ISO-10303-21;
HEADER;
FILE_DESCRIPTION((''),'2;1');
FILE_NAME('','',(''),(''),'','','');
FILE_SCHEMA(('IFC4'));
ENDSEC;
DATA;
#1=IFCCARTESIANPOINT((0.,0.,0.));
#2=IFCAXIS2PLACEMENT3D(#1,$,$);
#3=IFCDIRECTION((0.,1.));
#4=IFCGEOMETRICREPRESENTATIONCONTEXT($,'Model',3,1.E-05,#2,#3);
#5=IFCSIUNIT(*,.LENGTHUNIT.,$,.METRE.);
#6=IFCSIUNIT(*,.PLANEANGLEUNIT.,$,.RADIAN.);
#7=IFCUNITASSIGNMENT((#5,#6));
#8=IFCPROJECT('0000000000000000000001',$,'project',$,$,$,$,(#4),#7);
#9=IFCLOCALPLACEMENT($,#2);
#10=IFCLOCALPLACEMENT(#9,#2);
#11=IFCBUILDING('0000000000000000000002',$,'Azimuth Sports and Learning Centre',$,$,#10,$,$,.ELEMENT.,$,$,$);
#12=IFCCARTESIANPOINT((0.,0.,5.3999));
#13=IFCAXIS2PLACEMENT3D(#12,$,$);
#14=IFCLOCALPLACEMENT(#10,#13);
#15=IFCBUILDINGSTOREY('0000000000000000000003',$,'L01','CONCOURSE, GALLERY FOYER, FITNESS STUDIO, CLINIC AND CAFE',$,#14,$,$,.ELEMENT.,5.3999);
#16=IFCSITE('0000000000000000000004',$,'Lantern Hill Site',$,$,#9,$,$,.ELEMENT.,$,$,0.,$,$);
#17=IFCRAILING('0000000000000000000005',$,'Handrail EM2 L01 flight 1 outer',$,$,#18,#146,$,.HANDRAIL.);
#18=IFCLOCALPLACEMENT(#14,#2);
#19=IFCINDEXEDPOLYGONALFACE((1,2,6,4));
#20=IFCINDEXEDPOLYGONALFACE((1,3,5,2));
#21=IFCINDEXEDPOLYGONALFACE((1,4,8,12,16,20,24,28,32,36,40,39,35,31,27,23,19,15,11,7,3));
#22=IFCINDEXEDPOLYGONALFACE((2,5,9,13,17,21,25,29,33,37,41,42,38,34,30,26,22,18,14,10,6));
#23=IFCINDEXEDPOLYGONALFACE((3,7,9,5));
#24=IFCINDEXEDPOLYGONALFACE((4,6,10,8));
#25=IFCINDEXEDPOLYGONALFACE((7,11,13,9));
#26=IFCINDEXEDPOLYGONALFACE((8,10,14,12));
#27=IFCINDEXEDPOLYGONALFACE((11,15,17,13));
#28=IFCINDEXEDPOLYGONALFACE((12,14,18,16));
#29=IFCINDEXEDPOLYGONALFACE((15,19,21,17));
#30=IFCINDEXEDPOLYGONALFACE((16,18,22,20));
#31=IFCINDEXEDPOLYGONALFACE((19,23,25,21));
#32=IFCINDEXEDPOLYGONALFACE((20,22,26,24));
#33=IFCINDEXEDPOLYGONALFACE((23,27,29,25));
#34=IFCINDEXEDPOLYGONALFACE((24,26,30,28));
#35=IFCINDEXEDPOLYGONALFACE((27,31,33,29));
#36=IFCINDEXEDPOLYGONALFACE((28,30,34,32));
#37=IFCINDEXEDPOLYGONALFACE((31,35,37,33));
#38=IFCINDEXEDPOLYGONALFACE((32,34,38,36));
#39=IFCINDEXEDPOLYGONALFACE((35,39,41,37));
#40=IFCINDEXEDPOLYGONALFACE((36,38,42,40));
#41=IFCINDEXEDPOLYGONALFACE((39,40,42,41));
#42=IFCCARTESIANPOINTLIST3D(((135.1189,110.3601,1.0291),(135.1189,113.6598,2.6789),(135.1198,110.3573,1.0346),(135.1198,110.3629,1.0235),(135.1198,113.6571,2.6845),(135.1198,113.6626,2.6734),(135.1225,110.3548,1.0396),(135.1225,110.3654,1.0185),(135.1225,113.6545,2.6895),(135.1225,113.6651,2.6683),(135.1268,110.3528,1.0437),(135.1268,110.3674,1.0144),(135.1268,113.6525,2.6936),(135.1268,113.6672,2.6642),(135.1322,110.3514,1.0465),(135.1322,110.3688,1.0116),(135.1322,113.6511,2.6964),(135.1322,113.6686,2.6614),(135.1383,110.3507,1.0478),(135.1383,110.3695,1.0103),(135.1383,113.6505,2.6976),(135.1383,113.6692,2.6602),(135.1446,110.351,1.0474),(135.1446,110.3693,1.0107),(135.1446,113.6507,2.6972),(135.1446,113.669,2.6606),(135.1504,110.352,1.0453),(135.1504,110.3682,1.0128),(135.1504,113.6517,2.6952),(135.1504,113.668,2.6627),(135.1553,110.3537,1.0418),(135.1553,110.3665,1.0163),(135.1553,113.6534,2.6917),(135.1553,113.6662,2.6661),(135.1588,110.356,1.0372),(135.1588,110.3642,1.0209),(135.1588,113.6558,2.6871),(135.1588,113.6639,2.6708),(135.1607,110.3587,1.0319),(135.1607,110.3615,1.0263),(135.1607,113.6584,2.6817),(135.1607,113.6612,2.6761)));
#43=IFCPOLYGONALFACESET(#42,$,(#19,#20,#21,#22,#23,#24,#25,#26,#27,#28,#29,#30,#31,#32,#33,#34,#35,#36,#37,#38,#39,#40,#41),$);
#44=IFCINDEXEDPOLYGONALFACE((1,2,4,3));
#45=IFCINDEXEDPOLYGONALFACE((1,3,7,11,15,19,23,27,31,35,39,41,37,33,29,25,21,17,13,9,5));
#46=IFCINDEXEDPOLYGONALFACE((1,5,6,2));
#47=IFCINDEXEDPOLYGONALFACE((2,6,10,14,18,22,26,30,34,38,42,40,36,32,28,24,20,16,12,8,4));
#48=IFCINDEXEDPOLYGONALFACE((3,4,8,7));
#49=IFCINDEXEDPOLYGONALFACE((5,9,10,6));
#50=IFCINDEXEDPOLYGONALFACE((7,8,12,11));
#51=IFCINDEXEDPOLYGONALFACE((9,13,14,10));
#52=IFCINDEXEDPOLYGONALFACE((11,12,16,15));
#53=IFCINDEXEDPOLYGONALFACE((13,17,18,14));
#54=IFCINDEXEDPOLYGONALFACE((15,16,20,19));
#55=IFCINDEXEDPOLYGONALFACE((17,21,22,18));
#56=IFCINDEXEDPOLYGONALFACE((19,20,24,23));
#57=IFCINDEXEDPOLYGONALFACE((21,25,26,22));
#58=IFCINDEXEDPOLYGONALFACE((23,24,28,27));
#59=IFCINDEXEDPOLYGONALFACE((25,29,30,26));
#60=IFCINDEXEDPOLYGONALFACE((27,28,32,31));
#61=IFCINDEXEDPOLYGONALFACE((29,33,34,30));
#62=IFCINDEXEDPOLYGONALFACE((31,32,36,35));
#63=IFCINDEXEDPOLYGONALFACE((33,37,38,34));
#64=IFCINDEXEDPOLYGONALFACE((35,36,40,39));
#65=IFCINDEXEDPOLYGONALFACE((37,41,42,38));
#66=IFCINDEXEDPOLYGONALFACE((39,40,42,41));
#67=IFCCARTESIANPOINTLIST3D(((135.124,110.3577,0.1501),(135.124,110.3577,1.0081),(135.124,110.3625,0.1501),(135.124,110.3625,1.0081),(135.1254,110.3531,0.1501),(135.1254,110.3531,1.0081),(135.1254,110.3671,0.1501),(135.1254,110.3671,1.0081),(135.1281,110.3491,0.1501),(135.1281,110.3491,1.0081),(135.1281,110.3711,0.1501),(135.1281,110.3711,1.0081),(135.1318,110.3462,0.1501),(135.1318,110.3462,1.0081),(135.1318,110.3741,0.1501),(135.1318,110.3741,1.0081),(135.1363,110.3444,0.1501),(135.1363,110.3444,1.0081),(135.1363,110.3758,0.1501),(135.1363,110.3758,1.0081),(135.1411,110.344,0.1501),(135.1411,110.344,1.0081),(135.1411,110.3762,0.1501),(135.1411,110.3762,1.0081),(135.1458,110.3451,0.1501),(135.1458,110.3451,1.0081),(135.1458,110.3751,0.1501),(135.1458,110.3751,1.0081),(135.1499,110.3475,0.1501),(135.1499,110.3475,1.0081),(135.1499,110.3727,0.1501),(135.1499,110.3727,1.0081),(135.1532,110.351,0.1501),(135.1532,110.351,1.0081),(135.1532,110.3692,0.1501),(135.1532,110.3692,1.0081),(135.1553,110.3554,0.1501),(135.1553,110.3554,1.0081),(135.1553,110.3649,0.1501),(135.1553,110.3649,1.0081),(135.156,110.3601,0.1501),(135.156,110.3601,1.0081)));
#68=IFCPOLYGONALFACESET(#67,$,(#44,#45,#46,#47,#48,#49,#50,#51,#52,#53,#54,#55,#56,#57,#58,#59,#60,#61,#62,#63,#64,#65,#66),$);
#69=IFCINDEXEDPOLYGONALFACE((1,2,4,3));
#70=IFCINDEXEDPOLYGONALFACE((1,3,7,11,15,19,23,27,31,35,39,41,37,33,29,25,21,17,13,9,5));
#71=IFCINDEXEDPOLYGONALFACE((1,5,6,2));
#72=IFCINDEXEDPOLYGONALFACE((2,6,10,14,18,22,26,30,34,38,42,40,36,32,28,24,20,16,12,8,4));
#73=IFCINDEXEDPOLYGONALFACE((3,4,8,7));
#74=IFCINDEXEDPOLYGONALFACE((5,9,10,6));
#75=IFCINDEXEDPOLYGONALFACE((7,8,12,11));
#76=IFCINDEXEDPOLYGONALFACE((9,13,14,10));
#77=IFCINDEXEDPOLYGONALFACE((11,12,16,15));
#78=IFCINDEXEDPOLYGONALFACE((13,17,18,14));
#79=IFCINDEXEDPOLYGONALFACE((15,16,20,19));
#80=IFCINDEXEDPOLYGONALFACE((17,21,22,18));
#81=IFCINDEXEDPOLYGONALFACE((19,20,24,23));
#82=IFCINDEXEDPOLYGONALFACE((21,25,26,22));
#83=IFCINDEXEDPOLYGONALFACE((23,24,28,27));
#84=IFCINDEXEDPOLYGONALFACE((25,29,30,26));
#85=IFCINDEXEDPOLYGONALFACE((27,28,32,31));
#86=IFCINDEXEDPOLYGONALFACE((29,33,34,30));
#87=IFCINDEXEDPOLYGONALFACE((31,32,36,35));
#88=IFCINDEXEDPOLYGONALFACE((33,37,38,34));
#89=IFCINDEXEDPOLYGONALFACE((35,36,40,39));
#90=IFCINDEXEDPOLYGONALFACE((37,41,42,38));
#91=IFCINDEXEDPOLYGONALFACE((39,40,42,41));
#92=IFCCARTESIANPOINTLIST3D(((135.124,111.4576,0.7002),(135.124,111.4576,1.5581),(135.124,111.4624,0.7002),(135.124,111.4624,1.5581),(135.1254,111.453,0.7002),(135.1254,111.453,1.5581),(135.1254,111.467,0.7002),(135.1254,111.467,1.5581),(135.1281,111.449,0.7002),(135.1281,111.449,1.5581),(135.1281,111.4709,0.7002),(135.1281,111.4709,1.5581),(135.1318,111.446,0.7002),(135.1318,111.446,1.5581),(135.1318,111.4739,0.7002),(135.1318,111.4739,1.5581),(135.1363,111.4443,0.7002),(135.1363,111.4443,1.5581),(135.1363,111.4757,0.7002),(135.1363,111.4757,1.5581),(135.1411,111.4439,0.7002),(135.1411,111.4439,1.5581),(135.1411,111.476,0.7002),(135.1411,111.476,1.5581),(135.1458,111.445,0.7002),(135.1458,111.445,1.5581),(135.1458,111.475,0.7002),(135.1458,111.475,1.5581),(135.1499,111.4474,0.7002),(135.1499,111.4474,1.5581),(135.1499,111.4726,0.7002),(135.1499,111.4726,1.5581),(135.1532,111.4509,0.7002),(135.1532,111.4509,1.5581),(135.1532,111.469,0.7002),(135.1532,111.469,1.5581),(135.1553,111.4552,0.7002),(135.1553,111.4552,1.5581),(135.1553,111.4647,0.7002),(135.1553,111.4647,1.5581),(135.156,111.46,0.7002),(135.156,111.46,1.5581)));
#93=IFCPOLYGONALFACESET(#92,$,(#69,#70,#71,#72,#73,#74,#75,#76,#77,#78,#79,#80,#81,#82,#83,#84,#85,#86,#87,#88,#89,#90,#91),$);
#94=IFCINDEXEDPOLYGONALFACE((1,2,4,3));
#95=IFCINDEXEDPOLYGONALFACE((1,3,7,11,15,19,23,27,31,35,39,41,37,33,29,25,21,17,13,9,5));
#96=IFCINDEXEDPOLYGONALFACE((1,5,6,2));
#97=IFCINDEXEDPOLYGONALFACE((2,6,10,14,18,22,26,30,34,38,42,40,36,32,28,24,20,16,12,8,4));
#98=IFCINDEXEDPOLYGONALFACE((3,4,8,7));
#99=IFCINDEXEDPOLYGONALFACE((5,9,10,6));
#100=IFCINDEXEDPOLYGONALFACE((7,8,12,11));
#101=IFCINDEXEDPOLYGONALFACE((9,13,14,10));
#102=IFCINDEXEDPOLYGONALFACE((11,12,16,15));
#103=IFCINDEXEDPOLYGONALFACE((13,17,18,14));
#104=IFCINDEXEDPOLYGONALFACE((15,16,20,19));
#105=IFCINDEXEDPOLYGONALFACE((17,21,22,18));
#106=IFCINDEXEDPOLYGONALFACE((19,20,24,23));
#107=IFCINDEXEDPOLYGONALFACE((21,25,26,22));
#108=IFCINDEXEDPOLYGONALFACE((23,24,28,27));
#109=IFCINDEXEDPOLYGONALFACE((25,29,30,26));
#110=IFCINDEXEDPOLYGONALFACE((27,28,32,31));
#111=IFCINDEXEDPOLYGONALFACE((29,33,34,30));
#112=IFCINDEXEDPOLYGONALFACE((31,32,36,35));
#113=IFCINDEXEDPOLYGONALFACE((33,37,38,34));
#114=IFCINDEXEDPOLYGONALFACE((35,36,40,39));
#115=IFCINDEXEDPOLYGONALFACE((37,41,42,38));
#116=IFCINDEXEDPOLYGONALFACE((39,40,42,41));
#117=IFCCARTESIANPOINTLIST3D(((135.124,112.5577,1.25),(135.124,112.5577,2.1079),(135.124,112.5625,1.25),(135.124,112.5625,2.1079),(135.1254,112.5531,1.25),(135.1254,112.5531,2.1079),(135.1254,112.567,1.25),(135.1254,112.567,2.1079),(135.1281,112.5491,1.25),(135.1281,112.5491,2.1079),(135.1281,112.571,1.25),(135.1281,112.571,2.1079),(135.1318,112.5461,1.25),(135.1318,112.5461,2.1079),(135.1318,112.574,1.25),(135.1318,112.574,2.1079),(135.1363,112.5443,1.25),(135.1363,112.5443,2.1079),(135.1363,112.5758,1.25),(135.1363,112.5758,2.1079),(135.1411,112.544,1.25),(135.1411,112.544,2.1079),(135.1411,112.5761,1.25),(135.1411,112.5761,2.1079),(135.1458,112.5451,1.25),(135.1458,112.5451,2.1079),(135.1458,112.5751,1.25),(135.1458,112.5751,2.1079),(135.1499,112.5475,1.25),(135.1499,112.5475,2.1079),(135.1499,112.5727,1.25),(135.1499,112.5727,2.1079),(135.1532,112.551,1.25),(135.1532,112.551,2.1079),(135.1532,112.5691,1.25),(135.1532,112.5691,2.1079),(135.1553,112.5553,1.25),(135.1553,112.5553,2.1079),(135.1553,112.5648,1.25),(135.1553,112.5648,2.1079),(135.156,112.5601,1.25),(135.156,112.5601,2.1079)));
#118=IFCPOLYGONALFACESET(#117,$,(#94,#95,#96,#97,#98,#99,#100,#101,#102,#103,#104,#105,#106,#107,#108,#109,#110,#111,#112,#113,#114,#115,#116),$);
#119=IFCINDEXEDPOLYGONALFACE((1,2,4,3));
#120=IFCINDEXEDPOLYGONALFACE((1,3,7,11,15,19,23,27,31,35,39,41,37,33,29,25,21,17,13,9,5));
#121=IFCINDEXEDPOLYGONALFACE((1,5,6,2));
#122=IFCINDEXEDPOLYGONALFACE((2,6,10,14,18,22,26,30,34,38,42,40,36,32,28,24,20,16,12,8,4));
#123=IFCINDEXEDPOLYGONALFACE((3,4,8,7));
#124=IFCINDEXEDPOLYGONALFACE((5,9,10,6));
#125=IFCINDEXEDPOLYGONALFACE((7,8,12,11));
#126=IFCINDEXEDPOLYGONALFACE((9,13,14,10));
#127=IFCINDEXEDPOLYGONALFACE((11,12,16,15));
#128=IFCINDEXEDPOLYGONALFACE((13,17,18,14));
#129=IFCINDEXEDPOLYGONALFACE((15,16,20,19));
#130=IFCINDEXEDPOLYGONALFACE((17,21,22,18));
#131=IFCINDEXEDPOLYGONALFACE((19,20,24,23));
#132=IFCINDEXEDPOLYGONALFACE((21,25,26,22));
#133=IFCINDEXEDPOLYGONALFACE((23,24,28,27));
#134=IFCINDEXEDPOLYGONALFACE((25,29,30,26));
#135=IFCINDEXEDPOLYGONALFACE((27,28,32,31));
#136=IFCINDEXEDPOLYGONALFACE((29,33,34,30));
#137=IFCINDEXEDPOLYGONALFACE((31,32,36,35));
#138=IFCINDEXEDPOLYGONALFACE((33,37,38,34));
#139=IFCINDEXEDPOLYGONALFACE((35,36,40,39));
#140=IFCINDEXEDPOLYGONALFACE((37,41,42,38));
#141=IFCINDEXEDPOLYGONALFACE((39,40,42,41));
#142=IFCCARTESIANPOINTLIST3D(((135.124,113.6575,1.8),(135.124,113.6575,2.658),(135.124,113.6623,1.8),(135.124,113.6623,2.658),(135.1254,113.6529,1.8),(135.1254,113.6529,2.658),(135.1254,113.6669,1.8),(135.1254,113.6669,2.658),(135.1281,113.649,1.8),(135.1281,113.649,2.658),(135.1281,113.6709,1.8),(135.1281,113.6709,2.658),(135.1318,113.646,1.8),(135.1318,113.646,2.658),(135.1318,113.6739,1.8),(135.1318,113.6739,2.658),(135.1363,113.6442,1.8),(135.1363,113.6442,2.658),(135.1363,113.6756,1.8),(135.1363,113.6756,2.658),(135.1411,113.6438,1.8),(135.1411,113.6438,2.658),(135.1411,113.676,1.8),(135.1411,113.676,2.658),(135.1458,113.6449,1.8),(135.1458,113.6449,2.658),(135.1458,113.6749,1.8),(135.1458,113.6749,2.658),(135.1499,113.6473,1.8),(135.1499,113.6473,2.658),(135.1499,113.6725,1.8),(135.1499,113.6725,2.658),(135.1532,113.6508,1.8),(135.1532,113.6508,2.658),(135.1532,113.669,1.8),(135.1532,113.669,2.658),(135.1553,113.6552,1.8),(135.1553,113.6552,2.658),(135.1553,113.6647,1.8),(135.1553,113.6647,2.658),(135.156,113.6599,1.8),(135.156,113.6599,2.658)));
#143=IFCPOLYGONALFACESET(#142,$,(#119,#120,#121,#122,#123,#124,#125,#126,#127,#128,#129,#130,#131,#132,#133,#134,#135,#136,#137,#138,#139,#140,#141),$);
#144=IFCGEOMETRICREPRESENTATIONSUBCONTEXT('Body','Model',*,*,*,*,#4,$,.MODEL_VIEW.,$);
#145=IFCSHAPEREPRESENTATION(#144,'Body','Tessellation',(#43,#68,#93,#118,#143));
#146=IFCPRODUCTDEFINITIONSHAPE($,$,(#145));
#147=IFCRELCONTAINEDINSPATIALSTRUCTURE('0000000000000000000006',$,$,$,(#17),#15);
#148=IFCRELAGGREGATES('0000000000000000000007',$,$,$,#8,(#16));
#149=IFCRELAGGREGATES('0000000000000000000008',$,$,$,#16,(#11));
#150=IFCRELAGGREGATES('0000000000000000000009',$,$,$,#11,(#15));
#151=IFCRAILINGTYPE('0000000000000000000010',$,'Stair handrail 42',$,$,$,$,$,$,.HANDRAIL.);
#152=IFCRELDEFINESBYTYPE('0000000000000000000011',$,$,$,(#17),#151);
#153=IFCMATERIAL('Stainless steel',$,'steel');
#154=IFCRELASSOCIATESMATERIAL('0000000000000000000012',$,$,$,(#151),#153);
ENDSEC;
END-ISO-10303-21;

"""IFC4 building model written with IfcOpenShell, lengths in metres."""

from ifc_helpers import new_model, si_unit, direction, frame, origin, origin_2d, place, context, subcontext, project, spatial, circle, extrude, material, type_object, element, save


model = new_model("IFC4")

# Units and contexts
model_context = context("Model", 3, precision=1e-05, world=origin(), true_north=direction((0.0, 1.0)))
body_context = subcontext(model_context, "Body", "Model", "MODEL_VIEW")
ifc_project = project(units=[si_unit("LENGTHUNIT", "METRE"), si_unit("PLANEANGLEUNIT", "RADIAN")], contexts=[model_context])

# Site, building, storey
site_placement = place(None, origin())
site = spatial("IfcSite", under=ifc_project, at=site_placement, Name="Lantern Hill Site", CompositionType="ELEMENT", RefElevation=0.0)
building_placement = place(site_placement, origin())
building = spatial("IfcBuilding", under=site, at=building_placement, Name="Azimuth Sports and Learning Centre", CompositionType="ELEMENT")
storey_placement = place(building_placement, frame((0.0, 0.0, 5.3999)))
storey = spatial("IfcBuildingStorey", under=building, at=storey_placement, Name="L01", Description="CONCOURSE, GALLERY FOYER, FITNESS STUDIO, CLINIC AND CAFE", CompositionType="ELEMENT", Elevation=5.3999)

# Railing
ifc_material_1 = material(Name="Stainless steel", Category="steel")
railing_type = type_object("IfcRailingType", Name="Stair handrail 42", PredefinedType="HANDRAIL", material=ifc_material_1)
railing_1_placement = place(storey_placement, frame((135.1399, 110.3601, 0.1501)))
element("IfcRailing", 1, at=railing_1_placement, inside=storey, type_object=railing_type, Name="Handrail EM2 L01 flight 1 outer", PredefinedType="HANDRAIL", context=body_context, shape_type="SweptSolid", body=[
    extrude(circle(Radius=0.021, at=origin_2d()), frame((0.0, 0.0, 0.8789), z_axis=(0.0, 0.894427, 0.447214), x_axis=(-1.0, 0.0, 0.0)), (0.0, 0.0, 1.0), 3.6892),
    extrude(circle(Radius=0.0161, at=origin_2d()), origin(), (0.0, 0.0, 1.0), 0.8579),
    extrude(circle(Radius=0.0161, at=origin_2d()), frame((0.0, 1.0999, 0.55)), (0.0, 0.0, 1.0), 0.8579),
    extrude(circle(Radius=0.0161, at=origin_2d()), frame((0.0, 2.2, 1.0999)), (0.0, 0.0, 1.0), 0.8579),
    extrude(circle(Radius=0.0161, at=origin_2d()), frame((0.0, 3.2998, 1.6499)), (0.0, 0.0, 1.0), 0.8579),
])

save(model, "model.ifc")
